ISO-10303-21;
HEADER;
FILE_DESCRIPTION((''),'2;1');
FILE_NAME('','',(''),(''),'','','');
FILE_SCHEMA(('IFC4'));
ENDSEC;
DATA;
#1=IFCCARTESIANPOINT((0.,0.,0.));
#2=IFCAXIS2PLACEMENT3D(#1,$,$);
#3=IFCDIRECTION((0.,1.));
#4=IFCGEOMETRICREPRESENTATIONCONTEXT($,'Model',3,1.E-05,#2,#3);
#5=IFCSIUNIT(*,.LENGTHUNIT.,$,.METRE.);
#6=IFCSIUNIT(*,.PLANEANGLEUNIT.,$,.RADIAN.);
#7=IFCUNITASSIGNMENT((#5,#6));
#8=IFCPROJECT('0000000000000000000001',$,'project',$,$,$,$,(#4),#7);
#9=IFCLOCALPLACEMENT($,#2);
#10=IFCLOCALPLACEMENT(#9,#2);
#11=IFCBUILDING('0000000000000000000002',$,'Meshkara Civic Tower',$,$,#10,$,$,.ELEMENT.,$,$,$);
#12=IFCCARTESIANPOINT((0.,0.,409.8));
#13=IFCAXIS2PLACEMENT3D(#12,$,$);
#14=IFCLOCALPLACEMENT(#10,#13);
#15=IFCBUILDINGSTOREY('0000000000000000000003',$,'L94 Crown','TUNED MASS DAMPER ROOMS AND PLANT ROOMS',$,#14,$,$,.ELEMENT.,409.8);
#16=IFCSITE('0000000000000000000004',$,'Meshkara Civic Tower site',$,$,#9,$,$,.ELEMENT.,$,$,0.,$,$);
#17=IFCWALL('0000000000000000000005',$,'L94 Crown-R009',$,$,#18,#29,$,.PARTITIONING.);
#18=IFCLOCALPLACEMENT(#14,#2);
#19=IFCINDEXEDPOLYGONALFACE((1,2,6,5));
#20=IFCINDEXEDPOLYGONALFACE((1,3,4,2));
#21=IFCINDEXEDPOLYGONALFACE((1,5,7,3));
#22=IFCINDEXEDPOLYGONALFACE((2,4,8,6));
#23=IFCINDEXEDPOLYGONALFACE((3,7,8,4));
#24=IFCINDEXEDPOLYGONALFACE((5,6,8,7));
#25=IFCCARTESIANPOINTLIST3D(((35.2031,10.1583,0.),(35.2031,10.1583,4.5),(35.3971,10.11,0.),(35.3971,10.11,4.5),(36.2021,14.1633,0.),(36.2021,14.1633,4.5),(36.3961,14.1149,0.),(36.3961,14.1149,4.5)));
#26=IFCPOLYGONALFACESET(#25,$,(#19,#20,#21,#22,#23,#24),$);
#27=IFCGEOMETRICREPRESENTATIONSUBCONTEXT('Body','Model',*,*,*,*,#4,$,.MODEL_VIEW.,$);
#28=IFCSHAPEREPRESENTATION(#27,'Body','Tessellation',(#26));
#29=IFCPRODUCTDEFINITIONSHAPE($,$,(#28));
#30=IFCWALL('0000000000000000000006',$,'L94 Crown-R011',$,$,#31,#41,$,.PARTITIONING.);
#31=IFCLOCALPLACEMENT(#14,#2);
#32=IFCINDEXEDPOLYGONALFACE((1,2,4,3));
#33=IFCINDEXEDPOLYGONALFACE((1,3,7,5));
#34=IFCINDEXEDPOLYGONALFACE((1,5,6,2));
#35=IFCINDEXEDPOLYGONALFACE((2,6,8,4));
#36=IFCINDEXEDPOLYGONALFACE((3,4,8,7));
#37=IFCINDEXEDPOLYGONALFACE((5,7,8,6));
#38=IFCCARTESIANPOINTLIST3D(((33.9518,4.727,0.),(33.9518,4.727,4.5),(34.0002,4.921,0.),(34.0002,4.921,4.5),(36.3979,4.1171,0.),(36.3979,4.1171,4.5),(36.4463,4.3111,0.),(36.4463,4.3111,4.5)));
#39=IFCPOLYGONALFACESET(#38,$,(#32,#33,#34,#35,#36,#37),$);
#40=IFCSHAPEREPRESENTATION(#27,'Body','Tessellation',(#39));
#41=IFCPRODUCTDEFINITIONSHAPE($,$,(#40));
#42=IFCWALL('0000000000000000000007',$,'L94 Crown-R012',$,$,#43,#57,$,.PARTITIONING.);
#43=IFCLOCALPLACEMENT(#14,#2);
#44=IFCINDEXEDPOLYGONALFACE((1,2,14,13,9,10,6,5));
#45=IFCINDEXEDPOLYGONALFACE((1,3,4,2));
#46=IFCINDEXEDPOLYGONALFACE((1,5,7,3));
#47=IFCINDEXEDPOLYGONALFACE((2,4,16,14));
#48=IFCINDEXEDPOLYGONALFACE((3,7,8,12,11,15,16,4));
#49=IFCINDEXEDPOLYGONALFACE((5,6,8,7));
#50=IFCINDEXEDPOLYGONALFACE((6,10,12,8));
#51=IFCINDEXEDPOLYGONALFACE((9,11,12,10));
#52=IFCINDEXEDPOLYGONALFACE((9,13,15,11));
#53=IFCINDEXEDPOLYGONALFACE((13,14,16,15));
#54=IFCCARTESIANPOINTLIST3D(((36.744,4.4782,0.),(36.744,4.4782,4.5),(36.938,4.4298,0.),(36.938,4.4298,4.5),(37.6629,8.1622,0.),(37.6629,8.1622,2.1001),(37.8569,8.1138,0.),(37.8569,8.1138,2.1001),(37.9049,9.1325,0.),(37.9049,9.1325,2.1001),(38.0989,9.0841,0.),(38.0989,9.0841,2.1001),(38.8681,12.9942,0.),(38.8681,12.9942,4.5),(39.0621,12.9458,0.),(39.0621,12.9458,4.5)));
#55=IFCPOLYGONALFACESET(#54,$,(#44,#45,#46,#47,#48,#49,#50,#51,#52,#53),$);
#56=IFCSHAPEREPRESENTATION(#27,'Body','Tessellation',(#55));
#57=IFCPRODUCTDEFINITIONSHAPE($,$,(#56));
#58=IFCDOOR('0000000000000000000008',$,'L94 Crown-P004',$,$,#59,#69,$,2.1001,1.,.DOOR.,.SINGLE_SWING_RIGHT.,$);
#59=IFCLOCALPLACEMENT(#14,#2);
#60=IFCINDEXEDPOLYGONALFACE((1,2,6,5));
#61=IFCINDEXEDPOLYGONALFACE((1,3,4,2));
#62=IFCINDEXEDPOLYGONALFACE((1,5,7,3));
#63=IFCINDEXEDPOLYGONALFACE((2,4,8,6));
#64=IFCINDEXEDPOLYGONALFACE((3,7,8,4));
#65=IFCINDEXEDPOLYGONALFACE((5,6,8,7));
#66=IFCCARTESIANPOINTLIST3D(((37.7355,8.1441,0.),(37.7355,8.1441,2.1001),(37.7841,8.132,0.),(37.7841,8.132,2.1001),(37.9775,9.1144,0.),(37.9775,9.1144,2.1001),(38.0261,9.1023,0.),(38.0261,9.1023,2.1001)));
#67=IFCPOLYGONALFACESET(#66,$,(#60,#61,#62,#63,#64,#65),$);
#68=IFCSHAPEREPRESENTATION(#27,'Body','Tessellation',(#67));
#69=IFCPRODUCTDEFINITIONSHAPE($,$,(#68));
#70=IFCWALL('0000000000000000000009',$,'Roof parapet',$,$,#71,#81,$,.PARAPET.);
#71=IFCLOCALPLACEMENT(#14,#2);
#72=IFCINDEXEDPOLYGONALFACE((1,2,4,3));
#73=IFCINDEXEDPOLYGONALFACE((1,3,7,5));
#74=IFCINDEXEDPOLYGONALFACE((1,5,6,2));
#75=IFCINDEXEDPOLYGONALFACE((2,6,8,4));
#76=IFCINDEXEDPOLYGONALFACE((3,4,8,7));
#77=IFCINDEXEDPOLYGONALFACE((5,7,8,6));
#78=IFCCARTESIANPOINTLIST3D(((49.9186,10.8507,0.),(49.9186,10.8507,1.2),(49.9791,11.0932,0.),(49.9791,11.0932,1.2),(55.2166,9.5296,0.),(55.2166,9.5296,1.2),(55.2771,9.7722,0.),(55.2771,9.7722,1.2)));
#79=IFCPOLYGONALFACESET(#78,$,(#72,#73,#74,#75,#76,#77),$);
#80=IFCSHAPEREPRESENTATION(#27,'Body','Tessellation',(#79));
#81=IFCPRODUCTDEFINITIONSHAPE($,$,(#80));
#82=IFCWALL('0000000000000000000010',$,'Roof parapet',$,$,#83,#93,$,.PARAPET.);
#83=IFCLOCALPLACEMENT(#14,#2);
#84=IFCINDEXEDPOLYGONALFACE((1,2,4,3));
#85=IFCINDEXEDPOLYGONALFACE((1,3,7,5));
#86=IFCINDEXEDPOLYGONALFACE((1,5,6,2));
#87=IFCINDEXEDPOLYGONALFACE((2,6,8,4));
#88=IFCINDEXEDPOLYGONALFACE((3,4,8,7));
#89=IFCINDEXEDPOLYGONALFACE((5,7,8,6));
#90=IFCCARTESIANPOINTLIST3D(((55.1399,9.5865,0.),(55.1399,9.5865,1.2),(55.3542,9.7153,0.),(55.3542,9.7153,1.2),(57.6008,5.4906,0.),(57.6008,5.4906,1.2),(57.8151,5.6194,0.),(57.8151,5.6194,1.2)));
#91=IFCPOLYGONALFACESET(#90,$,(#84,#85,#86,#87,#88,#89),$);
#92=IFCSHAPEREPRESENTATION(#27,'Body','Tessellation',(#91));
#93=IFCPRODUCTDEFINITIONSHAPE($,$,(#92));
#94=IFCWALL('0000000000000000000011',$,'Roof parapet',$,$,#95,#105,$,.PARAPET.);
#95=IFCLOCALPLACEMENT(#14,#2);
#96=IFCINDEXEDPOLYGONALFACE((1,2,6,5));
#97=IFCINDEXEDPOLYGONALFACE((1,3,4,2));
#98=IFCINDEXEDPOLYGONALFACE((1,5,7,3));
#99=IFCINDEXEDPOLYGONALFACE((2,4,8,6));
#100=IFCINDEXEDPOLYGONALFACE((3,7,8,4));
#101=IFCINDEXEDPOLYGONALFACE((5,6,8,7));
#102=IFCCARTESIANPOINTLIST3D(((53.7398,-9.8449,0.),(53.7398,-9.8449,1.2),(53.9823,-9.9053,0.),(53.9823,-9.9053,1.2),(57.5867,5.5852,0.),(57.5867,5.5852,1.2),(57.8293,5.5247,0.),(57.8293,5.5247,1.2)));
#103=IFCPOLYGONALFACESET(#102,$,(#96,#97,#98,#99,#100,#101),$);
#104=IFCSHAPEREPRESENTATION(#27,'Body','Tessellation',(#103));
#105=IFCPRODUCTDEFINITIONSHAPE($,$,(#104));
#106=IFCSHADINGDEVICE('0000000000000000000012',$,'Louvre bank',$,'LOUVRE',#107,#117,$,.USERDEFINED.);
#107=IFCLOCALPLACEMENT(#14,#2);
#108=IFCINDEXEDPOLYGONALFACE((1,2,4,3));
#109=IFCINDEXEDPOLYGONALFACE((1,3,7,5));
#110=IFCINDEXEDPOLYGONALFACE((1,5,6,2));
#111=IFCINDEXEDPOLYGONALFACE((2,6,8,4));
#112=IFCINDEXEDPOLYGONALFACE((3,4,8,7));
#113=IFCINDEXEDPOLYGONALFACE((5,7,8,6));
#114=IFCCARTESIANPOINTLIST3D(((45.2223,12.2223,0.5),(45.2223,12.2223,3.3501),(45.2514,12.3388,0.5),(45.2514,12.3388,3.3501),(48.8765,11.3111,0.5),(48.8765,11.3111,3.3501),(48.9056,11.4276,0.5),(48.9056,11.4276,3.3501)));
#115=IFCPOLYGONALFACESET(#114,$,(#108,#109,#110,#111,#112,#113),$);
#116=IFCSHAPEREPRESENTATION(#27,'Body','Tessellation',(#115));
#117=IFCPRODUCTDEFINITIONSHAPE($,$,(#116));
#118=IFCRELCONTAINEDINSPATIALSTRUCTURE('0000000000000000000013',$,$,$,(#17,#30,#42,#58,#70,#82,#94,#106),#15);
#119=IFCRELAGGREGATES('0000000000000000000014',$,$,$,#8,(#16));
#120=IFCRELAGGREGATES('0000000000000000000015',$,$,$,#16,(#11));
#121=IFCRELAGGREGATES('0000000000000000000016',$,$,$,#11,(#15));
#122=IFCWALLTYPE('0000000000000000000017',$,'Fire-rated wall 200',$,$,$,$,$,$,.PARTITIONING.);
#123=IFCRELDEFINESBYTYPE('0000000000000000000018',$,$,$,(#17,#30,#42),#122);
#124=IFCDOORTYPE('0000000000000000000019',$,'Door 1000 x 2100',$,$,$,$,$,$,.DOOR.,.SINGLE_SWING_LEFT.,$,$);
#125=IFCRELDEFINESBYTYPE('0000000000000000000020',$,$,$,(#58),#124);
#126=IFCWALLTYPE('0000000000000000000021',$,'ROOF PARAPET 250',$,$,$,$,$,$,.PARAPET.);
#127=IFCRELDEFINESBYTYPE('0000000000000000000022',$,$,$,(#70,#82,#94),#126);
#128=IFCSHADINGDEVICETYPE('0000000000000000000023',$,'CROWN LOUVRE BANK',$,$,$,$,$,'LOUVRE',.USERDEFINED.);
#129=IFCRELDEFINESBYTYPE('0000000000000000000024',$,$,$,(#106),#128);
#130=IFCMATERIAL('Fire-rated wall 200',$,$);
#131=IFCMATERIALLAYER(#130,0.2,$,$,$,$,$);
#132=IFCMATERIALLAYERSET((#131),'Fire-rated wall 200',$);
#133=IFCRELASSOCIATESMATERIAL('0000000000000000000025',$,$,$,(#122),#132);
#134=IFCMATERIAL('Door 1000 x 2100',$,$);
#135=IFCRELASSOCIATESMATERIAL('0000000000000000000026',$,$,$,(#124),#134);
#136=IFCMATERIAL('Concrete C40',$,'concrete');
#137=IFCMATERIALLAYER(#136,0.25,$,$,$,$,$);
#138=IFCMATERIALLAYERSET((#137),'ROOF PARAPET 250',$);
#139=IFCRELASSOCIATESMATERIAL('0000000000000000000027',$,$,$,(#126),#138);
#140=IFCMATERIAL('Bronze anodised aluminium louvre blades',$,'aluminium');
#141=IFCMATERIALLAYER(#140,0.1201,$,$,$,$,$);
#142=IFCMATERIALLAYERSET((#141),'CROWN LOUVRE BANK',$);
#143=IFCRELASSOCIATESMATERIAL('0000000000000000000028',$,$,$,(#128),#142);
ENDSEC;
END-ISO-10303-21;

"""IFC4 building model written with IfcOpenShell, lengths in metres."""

from ifc_helpers import new_model, si_unit, direction, frame, frame_2d, origin, origin_2d, place, context, subcontext, project, spatial, rectangle, extrude, material, layer, layer_set, type_object, element, fill, save


model = new_model("IFC4")

# Units and contexts
model_context = context("Model", 3, precision=1e-05, world=origin(), true_north=direction((0.0, 1.0)))
body_context = subcontext(model_context, "Body", "Model", "MODEL_VIEW")
ifc_project = project(units=[si_unit("LENGTHUNIT", "METRE"), si_unit("PLANEANGLEUNIT", "RADIAN")], contexts=[model_context])

# Site, building, storey
site_placement = place(None, origin())
site = spatial("IfcSite", under=ifc_project, at=site_placement, Name="Meshkara Civic Tower site", CompositionType="ELEMENT", RefElevation=0.0)
building_placement = place(site_placement, origin())
building = spatial("IfcBuilding", under=site, at=building_placement, Name="Meshkara Civic Tower", CompositionType="ELEMENT")
storey_placement = place(building_placement, frame((0.0, 0.0, 409.8)))
storey = spatial("IfcBuildingStorey", under=building, at=storey_placement, Name="L94 Crown", Description="TUNED MASS DAMPER ROOMS AND PLANT ROOMS", CompositionType="ELEMENT", Elevation=409.8)

# Walls
ifc_material_1 = material(Name="Fire-rated wall 200")
ifc_layer_1 = layer(ifc_material_1, 0.2)
ifc_layer_set_1 = layer_set([ifc_layer_1], Name="Fire-rated wall 200")
wall_type_1 = type_object("IfcWallType", Name="Fire-rated wall 200", PredefinedType="PARTITIONING", material=ifc_layer_set_1)
wall_1_placement = place(storey_placement, frame((35.3, 10.134, 0.0), z_axis=(0.0, 0.0, 1.0), x_axis=(0.242035, 0.970268, 0.0)))
element("IfcWall", 1, at=wall_1_placement, inside=storey, type_object=wall_type_1, Name="L94 Crown-R009", PredefinedType="PARTITIONING", context=body_context, shape_type="SweptSolid", body=[
    extrude(rectangle(XDim=4.1277, YDim=0.2, at=frame_2d((2.064, 0.0))), origin(), (0.0, 0.0, 1.0), 4.5),
])
wall_2_placement = place(storey_placement, frame((36.4221, 4.2141, 0.0), z_axis=(0.0, 0.0, 1.0), x_axis=(-0.970296, 0.24192, 0.0)))
element("IfcWall", 2, at=wall_2_placement, inside=storey, type_object=wall_type_1, Name="L94 Crown-R011", PredefinedType="PARTITIONING", context=body_context, shape_type="SweptSolid", body=[
    extrude(rectangle(XDim=2.521, YDim=0.2, at=frame_2d((1.2605, 0.0))), origin(), (0.0, 0.0, 1.0), 4.5),
])

# Wall, opening, door
wall_3_placement = place(storey_placement, frame((38.9651, 12.97, 0.0), z_axis=(0.0, 0.0, 1.0), x_axis=(-0.242005, -0.970275, 0.0)))
wall_3 = element("IfcWall", 3, at=wall_3_placement, inside=storey, type_object=wall_type_1, Name="L94 Crown-R012", PredefinedType="PARTITIONING", context=body_context, shape_type="SweptSolid", body=[
    extrude(rectangle(XDim=8.7769, YDim=0.2, at=frame_2d((4.3884, 0.0))), origin(), (0.0, 0.0, 1.0), 4.5),
])
opening_1_placement = place(wall_3_placement, frame((3.98, 0.0, 0.0)))
opening_1 = element("IfcOpeningElement", 4, at=opening_1_placement, cuts=wall_3, PredefinedType="OPENING", context=body_context, shape_type="SweptSolid", body=[
    extrude(rectangle(XDim=1.0, YDim=2.1001, at=frame_2d((0.5, 1.05))), frame((0.0, 0.1099, 0.0), z_axis=(0.0, -1.0, 0.0), x_axis=(1.0, 0.0, 0.0)), (0.0, 0.0, 1.0), 0.22),
])
ifc_material_2 = material(Name="Door 1000 x 2100")
door_type_1 = type_object("IfcDoorType", Name="Door 1000 x 2100", OperationType="SINGLE_SWING_LEFT", PredefinedType="DOOR", material=ifc_material_2)
door_1_placement = place(opening_1_placement, origin())
door_1 = element("IfcDoor", 5, at=door_1_placement, inside=storey, type_object=door_type_1, Name="L94 Crown-P004", OperationType="SINGLE_SWING_RIGHT", OverallHeight=2.1001, OverallWidth=1.0, PredefinedType="DOOR", context=body_context, shape_type="SweptSolid", body=[
    extrude(rectangle(XDim=1.0, YDim=2.1001, at=frame_2d((0.5, 1.05))), frame((0.0, 0.0249, 0.0), z_axis=(0.0, -1.0, 0.0), x_axis=(1.0, 0.0, 0.0)), (0.0, 0.0, 1.0), 0.05),
])
fill(opening_1, door_1)

# Walls
ifc_material_3 = material(Name="Concrete C40", Category="concrete")
ifc_layer_2 = layer(ifc_material_3, 0.25)
ifc_layer_set_2 = layer_set([ifc_layer_2], Name="ROOF PARAPET 250")
wall_type_2 = type_object("IfcWallType", Name="ROOF PARAPET 250", PredefinedType="PARAPET", material=ifc_layer_set_2)
wall_4_placement = place(storey_placement, frame((49.949, 10.9719, 0.0), z_axis=(0.0, 0.0, 1.0), x_axis=(0.970292, -0.241936, 0.0)))
element("IfcWall", 6, at=wall_4_placement, inside=storey, type_object=wall_type_2, Name="Roof parapet", PredefinedType="PARAPET", context=body_context, shape_type="SweptSolid", body=[
    extrude(rectangle(XDim=5.4602, YDim=0.25, at=frame_2d((2.73, 0.0))), origin(), (0.0, 0.0, 1.0), 1.2),
])
wall_5_placement = place(storey_placement, frame((55.2471, 9.6509, 0.0), z_axis=(0.0, 0.0, 1.0), x_axis=(0.515014, -0.857182, 0.0)))
element("IfcWall", 7, at=wall_5_placement, inside=storey, type_object=wall_type_2, Name="Roof parapet", PredefinedType="PARAPET", context=body_context, shape_type="SweptSolid", body=[
    extrude(rectangle(XDim=4.7783, YDim=0.25, at=frame_2d((2.3892, 0.0))), origin(), (0.0, 0.0, 1.0), 1.2),
])
wall_6_placement = place(storey_placement, frame((57.708, 5.5549, 0.0), z_axis=(0.0, 0.0, 1.0), x_axis=(-0.241911, -0.970299, 0.0)))
element("IfcWall", 8, at=wall_6_placement, inside=storey, type_object=wall_type_2, Name="Roof parapet", PredefinedType="PARAPET", context=body_context, shape_type="SweptSolid", body=[
    extrude(rectangle(XDim=15.9023, YDim=0.25, at=frame_2d((7.9512, 0.0))), origin(), (0.0, 0.0, 1.0), 1.2),
])

# Shading device
ifc_material_4 = material(Name="Bronze anodised aluminium louvre blades", Category="aluminium")
ifc_layer_3 = layer(ifc_material_4, 0.1201)
ifc_layer_set_3 = layer_set([ifc_layer_3], Name="CROWN LOUVRE BANK")
shading_device_type = type_object("IfcShadingDeviceType", Name="CROWN LOUVRE BANK", ElementType="LOUVRE", PredefinedType="USERDEFINED", material=ifc_layer_set_3)
shading_device_placement = place(storey_placement, frame((47.064, 11.825, 0.5), z_axis=(0.0, 0.0, 1.0), x_axis=(-0.970287, 0.241956, 0.0)))
element("IfcShadingDevice", 9, at=shading_device_placement, inside=storey, type_object=shading_device_type, Name="Louvre bank", ObjectType="LOUVRE", PredefinedType="USERDEFINED", context=body_context, shape_type="SweptSolid", body=[
    extrude(rectangle(XDim=3.7661, YDim=0.1201, at=origin_2d()), origin(), (0.0, 0.0, 1.0), 2.8501),
])

save(model, "model.ifc")
